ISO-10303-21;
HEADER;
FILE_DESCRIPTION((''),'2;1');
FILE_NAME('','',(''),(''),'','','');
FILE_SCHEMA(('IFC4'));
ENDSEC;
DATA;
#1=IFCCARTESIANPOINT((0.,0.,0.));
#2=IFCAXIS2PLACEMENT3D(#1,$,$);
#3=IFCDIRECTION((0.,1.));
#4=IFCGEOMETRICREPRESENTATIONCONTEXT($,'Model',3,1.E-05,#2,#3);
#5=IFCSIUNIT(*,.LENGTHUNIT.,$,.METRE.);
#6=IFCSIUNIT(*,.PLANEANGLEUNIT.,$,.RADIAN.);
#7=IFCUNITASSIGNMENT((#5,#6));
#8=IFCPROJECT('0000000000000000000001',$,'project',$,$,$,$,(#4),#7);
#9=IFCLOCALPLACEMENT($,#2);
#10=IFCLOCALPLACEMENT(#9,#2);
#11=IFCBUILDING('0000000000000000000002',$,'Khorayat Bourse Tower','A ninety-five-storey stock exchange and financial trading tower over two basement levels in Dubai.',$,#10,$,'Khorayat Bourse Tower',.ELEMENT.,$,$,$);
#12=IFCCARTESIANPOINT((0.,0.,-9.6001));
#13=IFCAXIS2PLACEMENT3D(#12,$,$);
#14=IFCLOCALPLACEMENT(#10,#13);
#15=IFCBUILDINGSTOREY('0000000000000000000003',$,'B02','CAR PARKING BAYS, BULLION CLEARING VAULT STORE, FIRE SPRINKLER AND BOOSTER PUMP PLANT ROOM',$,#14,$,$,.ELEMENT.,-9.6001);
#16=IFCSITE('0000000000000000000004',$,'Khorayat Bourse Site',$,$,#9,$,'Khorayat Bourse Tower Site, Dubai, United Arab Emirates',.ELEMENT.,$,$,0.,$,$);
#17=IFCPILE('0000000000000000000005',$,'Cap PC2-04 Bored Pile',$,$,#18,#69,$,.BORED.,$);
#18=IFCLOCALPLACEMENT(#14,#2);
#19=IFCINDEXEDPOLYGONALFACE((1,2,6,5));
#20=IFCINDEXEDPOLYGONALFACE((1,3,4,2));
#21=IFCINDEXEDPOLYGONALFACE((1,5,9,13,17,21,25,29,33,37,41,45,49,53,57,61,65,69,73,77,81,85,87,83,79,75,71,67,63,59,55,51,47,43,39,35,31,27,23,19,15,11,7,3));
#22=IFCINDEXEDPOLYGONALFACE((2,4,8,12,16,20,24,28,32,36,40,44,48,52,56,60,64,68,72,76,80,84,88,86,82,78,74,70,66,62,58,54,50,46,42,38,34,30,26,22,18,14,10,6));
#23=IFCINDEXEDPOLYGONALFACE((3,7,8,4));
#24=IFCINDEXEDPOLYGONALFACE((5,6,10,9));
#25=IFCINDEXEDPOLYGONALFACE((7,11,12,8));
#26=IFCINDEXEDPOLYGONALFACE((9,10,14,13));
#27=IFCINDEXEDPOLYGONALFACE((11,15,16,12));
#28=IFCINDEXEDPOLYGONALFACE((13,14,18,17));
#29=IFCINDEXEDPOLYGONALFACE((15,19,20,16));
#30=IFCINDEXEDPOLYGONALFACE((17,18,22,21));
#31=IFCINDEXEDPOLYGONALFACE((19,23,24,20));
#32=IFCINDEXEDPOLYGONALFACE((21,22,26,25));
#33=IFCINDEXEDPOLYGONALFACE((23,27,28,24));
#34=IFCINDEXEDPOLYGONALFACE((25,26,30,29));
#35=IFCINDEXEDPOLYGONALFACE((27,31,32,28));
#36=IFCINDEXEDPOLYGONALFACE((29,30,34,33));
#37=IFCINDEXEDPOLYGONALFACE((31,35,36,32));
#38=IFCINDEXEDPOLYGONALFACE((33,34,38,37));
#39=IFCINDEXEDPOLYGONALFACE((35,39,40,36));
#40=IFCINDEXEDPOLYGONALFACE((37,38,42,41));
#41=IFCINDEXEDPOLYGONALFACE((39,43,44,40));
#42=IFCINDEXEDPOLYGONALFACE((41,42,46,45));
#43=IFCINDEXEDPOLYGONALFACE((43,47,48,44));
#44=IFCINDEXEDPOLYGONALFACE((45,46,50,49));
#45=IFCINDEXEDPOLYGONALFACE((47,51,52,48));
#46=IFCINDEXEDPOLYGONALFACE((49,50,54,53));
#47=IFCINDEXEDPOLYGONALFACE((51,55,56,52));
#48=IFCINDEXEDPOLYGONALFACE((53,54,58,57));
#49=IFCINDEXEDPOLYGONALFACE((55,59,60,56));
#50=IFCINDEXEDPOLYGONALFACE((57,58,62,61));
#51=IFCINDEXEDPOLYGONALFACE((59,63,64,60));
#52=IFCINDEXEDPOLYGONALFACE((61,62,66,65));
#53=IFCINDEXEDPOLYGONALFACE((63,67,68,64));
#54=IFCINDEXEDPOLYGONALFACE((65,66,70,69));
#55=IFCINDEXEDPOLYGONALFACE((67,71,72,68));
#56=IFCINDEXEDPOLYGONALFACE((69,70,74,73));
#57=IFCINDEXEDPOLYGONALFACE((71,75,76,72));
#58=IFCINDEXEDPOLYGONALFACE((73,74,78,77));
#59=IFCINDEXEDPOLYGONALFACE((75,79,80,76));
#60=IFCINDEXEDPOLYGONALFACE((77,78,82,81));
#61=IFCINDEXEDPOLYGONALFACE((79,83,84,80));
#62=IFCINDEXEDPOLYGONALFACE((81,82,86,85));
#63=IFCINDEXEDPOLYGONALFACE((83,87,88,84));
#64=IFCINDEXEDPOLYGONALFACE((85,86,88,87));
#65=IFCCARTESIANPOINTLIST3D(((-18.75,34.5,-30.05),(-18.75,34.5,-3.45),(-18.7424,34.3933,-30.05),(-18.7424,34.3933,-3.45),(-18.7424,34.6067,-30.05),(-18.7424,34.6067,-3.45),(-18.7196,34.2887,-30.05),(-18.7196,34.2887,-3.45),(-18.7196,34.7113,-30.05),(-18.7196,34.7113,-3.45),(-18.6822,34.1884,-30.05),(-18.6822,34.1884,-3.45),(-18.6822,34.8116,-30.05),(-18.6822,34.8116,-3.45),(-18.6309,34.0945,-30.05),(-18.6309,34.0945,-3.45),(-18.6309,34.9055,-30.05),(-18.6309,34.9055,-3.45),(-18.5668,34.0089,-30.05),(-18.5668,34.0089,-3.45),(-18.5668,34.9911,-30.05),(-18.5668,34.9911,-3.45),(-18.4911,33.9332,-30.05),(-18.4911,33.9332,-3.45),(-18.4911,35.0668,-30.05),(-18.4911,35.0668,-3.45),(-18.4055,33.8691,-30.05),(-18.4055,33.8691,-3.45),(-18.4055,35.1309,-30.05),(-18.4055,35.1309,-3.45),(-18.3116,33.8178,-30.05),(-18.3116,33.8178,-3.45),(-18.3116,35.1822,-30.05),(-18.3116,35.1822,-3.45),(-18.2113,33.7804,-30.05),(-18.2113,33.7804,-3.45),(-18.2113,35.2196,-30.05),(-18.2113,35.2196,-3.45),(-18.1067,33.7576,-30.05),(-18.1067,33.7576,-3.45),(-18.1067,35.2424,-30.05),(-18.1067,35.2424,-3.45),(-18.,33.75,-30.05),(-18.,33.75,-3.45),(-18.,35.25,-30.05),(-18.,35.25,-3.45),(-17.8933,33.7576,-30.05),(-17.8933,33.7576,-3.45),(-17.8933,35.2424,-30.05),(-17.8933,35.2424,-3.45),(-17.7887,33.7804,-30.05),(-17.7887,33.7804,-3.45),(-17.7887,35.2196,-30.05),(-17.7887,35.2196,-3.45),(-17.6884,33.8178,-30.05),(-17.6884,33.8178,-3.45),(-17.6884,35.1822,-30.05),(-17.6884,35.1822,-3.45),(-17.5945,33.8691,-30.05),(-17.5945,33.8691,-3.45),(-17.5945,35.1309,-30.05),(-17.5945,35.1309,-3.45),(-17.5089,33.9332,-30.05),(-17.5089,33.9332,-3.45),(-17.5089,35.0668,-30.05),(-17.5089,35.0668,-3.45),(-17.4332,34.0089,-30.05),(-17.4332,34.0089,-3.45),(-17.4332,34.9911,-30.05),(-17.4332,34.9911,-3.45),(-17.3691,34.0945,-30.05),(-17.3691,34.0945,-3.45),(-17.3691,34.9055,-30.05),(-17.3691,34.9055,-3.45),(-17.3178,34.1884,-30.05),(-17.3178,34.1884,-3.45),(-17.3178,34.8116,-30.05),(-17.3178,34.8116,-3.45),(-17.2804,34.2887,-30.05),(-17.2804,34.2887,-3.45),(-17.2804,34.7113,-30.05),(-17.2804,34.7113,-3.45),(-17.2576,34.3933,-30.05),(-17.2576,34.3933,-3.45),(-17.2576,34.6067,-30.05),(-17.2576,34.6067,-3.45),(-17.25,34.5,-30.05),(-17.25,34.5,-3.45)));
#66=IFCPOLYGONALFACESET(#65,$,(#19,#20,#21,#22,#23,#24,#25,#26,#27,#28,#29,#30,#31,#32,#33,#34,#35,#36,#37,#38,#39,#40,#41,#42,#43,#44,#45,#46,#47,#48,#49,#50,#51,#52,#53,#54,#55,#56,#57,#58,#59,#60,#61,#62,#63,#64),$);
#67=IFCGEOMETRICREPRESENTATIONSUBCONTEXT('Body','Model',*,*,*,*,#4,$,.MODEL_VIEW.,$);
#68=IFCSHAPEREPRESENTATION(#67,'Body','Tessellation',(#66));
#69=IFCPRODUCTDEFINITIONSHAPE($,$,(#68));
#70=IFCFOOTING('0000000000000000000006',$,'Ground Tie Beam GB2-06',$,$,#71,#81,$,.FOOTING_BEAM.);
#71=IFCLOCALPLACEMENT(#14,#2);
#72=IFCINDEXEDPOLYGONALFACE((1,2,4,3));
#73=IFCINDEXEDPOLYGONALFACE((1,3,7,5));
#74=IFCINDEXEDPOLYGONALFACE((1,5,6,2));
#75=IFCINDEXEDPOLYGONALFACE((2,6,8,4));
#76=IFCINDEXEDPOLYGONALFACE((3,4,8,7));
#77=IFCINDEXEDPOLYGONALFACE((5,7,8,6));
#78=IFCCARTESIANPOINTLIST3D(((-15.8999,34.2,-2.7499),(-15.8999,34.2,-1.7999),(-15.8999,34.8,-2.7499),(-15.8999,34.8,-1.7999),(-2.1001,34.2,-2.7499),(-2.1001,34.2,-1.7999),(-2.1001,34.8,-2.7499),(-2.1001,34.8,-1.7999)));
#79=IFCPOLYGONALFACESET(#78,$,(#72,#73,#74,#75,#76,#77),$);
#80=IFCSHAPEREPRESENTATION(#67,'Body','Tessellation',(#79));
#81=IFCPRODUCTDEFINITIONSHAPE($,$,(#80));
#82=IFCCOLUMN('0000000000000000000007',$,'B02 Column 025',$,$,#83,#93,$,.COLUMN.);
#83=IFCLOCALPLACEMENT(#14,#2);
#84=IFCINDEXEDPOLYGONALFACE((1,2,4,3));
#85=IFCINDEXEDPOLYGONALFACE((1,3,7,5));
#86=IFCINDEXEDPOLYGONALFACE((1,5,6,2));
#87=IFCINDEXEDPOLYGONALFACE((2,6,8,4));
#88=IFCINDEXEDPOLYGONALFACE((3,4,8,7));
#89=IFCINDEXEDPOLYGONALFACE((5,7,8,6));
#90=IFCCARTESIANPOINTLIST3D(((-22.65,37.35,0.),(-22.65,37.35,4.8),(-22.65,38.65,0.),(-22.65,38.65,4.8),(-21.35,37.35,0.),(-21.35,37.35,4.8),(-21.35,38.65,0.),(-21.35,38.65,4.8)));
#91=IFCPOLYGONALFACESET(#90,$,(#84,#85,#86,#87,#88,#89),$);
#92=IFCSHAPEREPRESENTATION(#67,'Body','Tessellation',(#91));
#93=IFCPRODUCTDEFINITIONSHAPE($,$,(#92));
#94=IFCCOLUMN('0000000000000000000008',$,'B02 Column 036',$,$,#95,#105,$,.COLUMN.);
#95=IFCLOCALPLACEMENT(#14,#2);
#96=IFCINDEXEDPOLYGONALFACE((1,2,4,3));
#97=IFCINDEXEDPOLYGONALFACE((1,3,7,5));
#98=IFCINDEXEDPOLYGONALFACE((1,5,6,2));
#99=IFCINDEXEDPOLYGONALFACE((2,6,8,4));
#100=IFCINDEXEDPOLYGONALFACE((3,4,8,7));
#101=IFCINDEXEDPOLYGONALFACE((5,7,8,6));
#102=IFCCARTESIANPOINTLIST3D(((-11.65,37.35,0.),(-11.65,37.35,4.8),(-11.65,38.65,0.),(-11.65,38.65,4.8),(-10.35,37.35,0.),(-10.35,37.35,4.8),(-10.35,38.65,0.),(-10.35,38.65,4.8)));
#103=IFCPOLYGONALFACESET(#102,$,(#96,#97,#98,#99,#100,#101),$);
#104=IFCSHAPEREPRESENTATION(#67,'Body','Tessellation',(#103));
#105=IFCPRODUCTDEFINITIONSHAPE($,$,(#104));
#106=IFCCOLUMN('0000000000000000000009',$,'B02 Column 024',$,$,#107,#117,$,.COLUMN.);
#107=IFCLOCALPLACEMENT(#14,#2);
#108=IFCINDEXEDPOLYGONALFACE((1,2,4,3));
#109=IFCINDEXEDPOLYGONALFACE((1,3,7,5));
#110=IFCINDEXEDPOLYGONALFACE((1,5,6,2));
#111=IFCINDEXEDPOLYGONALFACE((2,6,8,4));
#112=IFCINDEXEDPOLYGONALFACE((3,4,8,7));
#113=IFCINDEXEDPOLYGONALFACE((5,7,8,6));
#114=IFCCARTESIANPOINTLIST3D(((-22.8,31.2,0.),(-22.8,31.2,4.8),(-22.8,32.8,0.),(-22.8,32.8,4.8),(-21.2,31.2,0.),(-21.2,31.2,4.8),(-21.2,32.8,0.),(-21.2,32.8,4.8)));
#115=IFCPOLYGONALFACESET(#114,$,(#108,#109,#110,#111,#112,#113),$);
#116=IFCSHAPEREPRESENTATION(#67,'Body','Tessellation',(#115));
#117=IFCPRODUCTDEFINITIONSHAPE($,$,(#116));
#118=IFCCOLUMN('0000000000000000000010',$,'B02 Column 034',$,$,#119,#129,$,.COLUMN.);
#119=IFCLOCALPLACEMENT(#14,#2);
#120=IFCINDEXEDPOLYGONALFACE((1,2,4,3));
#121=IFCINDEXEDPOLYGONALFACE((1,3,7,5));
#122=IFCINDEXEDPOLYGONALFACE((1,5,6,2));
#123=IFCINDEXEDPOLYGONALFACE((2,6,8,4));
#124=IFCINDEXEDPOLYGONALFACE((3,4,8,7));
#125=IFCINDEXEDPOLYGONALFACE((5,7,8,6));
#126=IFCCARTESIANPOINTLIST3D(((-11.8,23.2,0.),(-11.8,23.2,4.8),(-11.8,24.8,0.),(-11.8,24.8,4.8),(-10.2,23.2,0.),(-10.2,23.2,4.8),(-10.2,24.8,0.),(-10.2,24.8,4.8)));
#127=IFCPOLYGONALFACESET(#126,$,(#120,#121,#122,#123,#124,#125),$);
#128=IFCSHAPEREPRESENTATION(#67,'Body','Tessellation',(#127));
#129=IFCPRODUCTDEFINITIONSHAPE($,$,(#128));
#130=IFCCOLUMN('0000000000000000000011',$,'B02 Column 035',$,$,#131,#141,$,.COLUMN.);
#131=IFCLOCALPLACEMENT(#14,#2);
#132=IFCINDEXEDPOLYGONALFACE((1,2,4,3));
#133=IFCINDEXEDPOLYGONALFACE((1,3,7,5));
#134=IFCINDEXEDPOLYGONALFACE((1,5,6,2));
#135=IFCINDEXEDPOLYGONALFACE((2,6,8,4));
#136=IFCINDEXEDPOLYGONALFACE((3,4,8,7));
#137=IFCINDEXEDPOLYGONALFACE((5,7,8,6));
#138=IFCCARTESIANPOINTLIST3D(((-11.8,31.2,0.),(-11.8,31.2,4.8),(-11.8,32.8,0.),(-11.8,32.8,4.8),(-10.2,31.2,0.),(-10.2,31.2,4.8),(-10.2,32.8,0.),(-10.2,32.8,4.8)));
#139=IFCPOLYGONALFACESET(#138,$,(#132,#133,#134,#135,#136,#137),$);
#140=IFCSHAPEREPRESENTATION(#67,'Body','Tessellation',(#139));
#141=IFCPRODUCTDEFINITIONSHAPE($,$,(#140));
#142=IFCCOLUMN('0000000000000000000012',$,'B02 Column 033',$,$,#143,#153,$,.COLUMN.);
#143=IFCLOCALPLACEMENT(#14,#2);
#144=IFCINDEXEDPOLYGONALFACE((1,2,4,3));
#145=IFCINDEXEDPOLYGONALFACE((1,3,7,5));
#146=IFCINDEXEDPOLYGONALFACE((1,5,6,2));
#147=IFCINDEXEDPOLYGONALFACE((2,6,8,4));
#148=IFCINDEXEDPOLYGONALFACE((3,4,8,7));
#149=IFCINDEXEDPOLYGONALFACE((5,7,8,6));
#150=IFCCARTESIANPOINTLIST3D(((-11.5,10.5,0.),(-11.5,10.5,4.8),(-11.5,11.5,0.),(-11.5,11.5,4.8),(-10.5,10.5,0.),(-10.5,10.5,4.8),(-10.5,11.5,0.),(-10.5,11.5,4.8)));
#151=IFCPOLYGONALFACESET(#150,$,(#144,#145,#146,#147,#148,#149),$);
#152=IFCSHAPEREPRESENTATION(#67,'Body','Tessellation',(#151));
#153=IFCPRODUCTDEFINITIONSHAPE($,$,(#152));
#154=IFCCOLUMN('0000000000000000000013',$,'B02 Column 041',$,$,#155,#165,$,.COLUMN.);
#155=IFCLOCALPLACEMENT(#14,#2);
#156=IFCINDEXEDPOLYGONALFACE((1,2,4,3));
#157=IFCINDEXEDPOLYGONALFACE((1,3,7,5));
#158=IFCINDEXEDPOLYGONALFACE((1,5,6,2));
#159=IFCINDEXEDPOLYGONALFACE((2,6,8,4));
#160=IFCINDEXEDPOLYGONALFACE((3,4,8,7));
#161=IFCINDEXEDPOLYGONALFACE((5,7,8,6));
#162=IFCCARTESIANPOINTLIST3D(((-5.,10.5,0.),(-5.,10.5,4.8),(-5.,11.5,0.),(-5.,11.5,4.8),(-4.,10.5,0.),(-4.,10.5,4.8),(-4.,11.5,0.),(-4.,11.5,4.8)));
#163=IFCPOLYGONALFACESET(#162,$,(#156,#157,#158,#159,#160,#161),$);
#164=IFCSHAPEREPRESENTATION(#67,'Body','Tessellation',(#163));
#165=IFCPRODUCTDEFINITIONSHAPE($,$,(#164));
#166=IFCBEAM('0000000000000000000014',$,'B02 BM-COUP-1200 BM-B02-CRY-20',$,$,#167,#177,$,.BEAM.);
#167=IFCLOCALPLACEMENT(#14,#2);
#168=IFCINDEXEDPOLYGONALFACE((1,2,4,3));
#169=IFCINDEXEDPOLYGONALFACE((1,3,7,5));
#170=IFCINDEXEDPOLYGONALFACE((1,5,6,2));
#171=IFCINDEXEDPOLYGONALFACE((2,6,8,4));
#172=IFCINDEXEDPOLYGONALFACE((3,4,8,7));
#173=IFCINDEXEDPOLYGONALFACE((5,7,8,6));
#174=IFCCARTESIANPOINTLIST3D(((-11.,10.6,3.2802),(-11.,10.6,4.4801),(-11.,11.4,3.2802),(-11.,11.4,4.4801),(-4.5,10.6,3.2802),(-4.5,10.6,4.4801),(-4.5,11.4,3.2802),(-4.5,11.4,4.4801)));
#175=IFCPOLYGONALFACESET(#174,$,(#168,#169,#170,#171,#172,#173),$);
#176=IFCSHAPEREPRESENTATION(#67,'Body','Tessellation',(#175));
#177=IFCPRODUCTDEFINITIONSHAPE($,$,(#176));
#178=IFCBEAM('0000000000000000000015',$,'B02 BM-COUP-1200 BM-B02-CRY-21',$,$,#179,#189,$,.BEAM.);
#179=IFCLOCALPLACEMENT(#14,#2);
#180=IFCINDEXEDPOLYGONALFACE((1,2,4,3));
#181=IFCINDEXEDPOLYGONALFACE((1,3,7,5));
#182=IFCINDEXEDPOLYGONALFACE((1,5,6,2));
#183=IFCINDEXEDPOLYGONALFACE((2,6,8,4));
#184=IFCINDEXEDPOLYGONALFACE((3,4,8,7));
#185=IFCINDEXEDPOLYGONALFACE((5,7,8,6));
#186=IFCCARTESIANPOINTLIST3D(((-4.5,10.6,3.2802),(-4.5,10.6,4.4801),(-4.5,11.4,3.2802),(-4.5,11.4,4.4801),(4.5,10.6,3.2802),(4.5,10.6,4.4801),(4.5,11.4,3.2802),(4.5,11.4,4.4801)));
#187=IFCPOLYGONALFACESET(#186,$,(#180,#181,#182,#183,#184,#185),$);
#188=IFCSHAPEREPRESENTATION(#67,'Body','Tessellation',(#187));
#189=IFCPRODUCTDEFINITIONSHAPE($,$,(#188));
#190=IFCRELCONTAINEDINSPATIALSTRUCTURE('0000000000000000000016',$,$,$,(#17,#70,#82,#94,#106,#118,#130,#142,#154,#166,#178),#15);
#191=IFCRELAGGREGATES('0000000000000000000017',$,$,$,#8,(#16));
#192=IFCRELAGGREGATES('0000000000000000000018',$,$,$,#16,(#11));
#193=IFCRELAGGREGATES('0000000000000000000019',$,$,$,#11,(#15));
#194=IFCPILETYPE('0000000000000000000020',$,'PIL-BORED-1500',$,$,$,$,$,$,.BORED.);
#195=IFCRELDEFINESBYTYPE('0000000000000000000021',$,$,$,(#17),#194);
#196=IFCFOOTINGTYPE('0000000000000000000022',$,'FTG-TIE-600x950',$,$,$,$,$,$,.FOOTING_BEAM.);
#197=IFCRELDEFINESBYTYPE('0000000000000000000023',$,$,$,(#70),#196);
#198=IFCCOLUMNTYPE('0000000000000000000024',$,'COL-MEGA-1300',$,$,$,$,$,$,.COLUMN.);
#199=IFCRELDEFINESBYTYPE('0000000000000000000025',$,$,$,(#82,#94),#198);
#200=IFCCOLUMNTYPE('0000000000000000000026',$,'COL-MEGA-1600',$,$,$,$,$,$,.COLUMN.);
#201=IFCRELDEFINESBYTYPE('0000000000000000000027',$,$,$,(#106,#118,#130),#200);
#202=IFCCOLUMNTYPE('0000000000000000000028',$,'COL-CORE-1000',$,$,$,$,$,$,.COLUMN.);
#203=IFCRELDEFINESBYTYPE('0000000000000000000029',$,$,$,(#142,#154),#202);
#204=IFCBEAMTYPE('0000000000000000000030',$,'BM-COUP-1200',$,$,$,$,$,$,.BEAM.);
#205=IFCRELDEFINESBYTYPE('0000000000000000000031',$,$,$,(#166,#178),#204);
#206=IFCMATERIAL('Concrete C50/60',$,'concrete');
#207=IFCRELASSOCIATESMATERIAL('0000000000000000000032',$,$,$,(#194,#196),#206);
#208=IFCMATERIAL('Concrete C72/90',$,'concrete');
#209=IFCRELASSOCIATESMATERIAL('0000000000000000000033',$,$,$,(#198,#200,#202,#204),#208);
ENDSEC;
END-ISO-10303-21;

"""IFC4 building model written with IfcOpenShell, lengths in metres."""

from ifc_helpers import new_model, si_unit, direction, frame, origin, origin_2d, place, context, subcontext, project, spatial, rectangle, circle, extrude, source, transform, mapped, material, material_profile, profile_set, type_object, element, save


model = new_model("IFC4")

# Units and contexts
model_context = context("Model", 3, precision=1e-05, world=origin(), true_north=direction((0.0, 1.0)))
body_context = subcontext(model_context, "Body", "Model", "MODEL_VIEW")
ifc_project = project(units=[si_unit("LENGTHUNIT", "METRE"), si_unit("PLANEANGLEUNIT", "RADIAN")], contexts=[model_context])

# Site, building, storey
site_placement = place(None, origin())
site = spatial("IfcSite", under=ifc_project, at=site_placement, Name="Khorayat Bourse Site", LongName="Khorayat Bourse Tower Site, Dubai, United Arab Emirates", CompositionType="ELEMENT", RefElevation=0.0)
building_placement = place(site_placement, origin())
building = spatial("IfcBuilding", under=site, at=building_placement, Name="Khorayat Bourse Tower", Description="A ninety-five-storey stock exchange and financial trading tower over two basement levels in Dubai.", LongName="Khorayat Bourse Tower", CompositionType="ELEMENT")
storey_placement = place(building_placement, frame((0.0, 0.0, -9.6001)))
storey = spatial("IfcBuildingStorey", under=building, at=storey_placement, Name="B02", Description="CAR PARKING BAYS, BULLION CLEARING VAULT STORE, FIRE SPRINKLER AND BOOSTER PUMP PLANT ROOM", CompositionType="ELEMENT", Elevation=-9.6001)

# Shared definitions
ifc_material_1 = material(Name="Concrete C50/60", Category="concrete")

# Pile
ifc_material_profile_1 = material_profile(ifc_material_1, circle(Radius=0.75, at=origin_2d()), Name="BORED PILE D1500")
ifc_profile_set_1 = profile_set([ifc_material_profile_1], Name="Concrete C50/60")
pile_type_1 = type_object("IfcPileType", Name="PIL-BORED-1500", PredefinedType="BORED", material=ifc_profile_set_1)
shared_shape_1 = source(origin(), body_context, "Body", "SweptSolid", [
    extrude(circle(Radius=0.75, at=origin_2d()), origin(), (0.0, 0.0, 1.0), 26.6001),
])
pile_placement = place(storey_placement, frame((-18.0, 34.5, -3.45), z_axis=(0.0, 0.0, -1.0), x_axis=(1.0, 0.0, 0.0)))
element("IfcPile", 1, at=pile_placement, inside=storey, type_object=pile_type_1, Name="Cap PC2-04 Bored Pile", PredefinedType="BORED", context=body_context, shape_type="MappedRepresentation", body=[
    mapped(shared_shape_1, transform((0.0, 0.0, 0.0), scale=1.0)),
])

# Footing
ifc_material_profile_2 = material_profile(ifc_material_1, rectangle(XDim=0.6001, YDim=0.95, at=origin_2d()), Name="RC 600x950")
ifc_profile_set_2 = profile_set([ifc_material_profile_2], Name="Concrete C50/60")
footing_type_1 = type_object("IfcFootingType", Name="FTG-TIE-600x950", PredefinedType="FOOTING_BEAM", material=ifc_profile_set_2)
shared_shape_2 = source(origin(), body_context, "Body", "SweptSolid", [
    extrude(rectangle(XDim=0.6001, YDim=0.95, at=origin_2d()), origin(), (0.0, 0.0, 1.0), 13.7998),
])
footing_1_placement = place(storey_placement, frame((-15.8999, 34.5, -2.2749), z_axis=(1.0, 0.0, 0.0), x_axis=(0.0, 1.0, 0.0)))
element("IfcFooting", 2, at=footing_1_placement, inside=storey, type_object=footing_type_1, Name="Ground Tie Beam GB2-06", PredefinedType="FOOTING_BEAM", context=body_context, shape_type="MappedRepresentation", body=[
    mapped(shared_shape_2, transform((0.0, 0.0, 0.0), scale=1.0)),
])

# Columns
ifc_material_2 = material(Name="Concrete C72/90", Category="concrete")
ifc_material_profile_3 = material_profile(ifc_material_2, rectangle(XDim=1.3, YDim=1.3, at=origin_2d()), Name="RC 1300x1300")
ifc_profile_set_3 = profile_set([ifc_material_profile_3], Name="Concrete C72/90")
column_type_1 = type_object("IfcColumnType", Name="COL-MEGA-1300", PredefinedType="COLUMN", material=ifc_profile_set_3)
shared_shape_3 = source(origin(), body_context, "Body", "SweptSolid", [
    extrude(rectangle(XDim=1.3, YDim=1.3, at=origin_2d()), origin(), (0.0, 0.0, 1.0), 4.8),
])
for number, where, z_axis, x_axis, name in (
    (3, (-22.0, 38.0, 0.0), (0.0, 0.0, 1.0), (1.0, 0.0, 0.0), "B02 Column 025"),
    (4, (-11.0, 38.0, 0.0), (0.0, 0.0, 1.0), (1.0, 0.0, 0.0), "B02 Column 036"),
):
    element("IfcColumn", number, at=place(storey_placement, frame(where, z_axis=z_axis, x_axis=x_axis)), inside=storey, type_object=column_type_1, Name=name, PredefinedType="COLUMN", context=body_context, shape_type="MappedRepresentation", body=[
        mapped(shared_shape_3, transform((0.0, 0.0, 0.0), scale=1.0)),
    ])
ifc_material_profile_4 = material_profile(ifc_material_2, rectangle(XDim=1.6001, YDim=1.6001, at=origin_2d()), Name="RC 1600x1600")
ifc_profile_set_4 = profile_set([ifc_material_profile_4], Name="Concrete C72/90")
column_type_2 = type_object("IfcColumnType", Name="COL-MEGA-1600", PredefinedType="COLUMN", material=ifc_profile_set_4)
shared_shape_4 = source(origin(), body_context, "Body", "SweptSolid", [
    extrude(rectangle(XDim=1.6001, YDim=1.6001, at=origin_2d()), origin(), (0.0, 0.0, 1.0), 4.8),
])
for number, where, z_axis, x_axis, name in (
    (5, (-22.0, 32.0, 0.0), (0.0, 0.0, 1.0), (1.0, 0.0, 0.0), "B02 Column 024"),
    (6, (-11.0, 24.0, 0.0), (0.0, 0.0, 1.0), (1.0, 0.0, 0.0), "B02 Column 034"),
    (7, (-11.0, 32.0, 0.0), (0.0, 0.0, 1.0), (1.0, 0.0, 0.0), "B02 Column 035"),
):
    element("IfcColumn", number, at=place(storey_placement, frame(where, z_axis=z_axis, x_axis=x_axis)), inside=storey, type_object=column_type_2, Name=name, PredefinedType="COLUMN", context=body_context, shape_type="MappedRepresentation", body=[
        mapped(shared_shape_4, transform((0.0, 0.0, 0.0), scale=1.0)),
    ])
ifc_material_profile_5 = material_profile(ifc_material_2, rectangle(XDim=1.0, YDim=1.0, at=origin_2d()), Name="RC 1000x1000")
ifc_profile_set_5 = profile_set([ifc_material_profile_5], Name="Concrete C72/90")
column_type_3 = type_object("IfcColumnType", Name="COL-CORE-1000", PredefinedType="COLUMN", material=ifc_profile_set_5)
shared_shape_5 = source(origin(), body_context, "Body", "SweptSolid", [
    extrude(rectangle(XDim=1.0, YDim=1.0, at=origin_2d()), origin(), (0.0, 0.0, 1.0), 4.8),
])
for number, where, z_axis, x_axis, name in (
    (8, (-11.0, 11.0, 0.0), (0.0, 0.0, 1.0), (1.0, 0.0, 0.0), "B02 Column 033"),
    (9, (-4.5, 11.0, 0.0), (0.0, 0.0, 1.0), (1.0, 0.0, 0.0), "B02 Column 041"),
):
    element("IfcColumn", number, at=place(storey_placement, frame(where, z_axis=z_axis, x_axis=x_axis)), inside=storey, type_object=column_type_3, Name=name, PredefinedType="COLUMN", context=body_context, shape_type="MappedRepresentation", body=[
        mapped(shared_shape_5, transform((0.0, 0.0, 0.0), scale=1.0)),
    ])

# Beams
ifc_material_profile_6 = material_profile(ifc_material_2, rectangle(XDim=0.8, YDim=1.2, at=origin_2d()), Name="RC 800x1200")
ifc_profile_set_6 = profile_set([ifc_material_profile_6], Name="Concrete C72/90")
beam_type_1 = type_object("IfcBeamType", Name="BM-COUP-1200", PredefinedType="BEAM", material=ifc_profile_set_6)
shared_shape_6 = source(origin(), body_context, "Body", "SweptSolid", [
    extrude(rectangle(XDim=0.8, YDim=1.2, at=origin_2d()), origin(), (0.0, 0.0, 1.0), 6.5),
])
beam_1_placement = place(storey_placement, frame((-11.0, 11.0, 3.8801), z_axis=(1.0, 0.0, 0.0), x_axis=(0.0, 1.0, 0.0)))
element("IfcBeam", 10, at=beam_1_placement, inside=storey, type_object=beam_type_1, Name="B02 BM-COUP-1200 BM-B02-CRY-20", PredefinedType="BEAM", context=body_context, shape_type="MappedRepresentation", body=[
    mapped(shared_shape_6, transform((0.0, 0.0, 0.0), scale=1.0)),
])
shared_shape_7 = source(origin(), body_context, "Body", "SweptSolid", [
    extrude(rectangle(XDim=0.8, YDim=1.2, at=origin_2d()), origin(), (0.0, 0.0, 1.0), 9.0),
])
beam_2_placement = place(storey_placement, frame((-4.5, 11.0, 3.8801), z_axis=(1.0, 0.0, 0.0), x_axis=(0.0, 1.0, 0.0)))
element("IfcBeam", 11, at=beam_2_placement, inside=storey, type_object=beam_type_1, Name="B02 BM-COUP-1200 BM-B02-CRY-21", PredefinedType="BEAM", context=body_context, shape_type="MappedRepresentation", body=[
    mapped(shared_shape_7, transform((0.0, 0.0, 0.0), scale=1.0)),
])

save(model, "model.ifc")
